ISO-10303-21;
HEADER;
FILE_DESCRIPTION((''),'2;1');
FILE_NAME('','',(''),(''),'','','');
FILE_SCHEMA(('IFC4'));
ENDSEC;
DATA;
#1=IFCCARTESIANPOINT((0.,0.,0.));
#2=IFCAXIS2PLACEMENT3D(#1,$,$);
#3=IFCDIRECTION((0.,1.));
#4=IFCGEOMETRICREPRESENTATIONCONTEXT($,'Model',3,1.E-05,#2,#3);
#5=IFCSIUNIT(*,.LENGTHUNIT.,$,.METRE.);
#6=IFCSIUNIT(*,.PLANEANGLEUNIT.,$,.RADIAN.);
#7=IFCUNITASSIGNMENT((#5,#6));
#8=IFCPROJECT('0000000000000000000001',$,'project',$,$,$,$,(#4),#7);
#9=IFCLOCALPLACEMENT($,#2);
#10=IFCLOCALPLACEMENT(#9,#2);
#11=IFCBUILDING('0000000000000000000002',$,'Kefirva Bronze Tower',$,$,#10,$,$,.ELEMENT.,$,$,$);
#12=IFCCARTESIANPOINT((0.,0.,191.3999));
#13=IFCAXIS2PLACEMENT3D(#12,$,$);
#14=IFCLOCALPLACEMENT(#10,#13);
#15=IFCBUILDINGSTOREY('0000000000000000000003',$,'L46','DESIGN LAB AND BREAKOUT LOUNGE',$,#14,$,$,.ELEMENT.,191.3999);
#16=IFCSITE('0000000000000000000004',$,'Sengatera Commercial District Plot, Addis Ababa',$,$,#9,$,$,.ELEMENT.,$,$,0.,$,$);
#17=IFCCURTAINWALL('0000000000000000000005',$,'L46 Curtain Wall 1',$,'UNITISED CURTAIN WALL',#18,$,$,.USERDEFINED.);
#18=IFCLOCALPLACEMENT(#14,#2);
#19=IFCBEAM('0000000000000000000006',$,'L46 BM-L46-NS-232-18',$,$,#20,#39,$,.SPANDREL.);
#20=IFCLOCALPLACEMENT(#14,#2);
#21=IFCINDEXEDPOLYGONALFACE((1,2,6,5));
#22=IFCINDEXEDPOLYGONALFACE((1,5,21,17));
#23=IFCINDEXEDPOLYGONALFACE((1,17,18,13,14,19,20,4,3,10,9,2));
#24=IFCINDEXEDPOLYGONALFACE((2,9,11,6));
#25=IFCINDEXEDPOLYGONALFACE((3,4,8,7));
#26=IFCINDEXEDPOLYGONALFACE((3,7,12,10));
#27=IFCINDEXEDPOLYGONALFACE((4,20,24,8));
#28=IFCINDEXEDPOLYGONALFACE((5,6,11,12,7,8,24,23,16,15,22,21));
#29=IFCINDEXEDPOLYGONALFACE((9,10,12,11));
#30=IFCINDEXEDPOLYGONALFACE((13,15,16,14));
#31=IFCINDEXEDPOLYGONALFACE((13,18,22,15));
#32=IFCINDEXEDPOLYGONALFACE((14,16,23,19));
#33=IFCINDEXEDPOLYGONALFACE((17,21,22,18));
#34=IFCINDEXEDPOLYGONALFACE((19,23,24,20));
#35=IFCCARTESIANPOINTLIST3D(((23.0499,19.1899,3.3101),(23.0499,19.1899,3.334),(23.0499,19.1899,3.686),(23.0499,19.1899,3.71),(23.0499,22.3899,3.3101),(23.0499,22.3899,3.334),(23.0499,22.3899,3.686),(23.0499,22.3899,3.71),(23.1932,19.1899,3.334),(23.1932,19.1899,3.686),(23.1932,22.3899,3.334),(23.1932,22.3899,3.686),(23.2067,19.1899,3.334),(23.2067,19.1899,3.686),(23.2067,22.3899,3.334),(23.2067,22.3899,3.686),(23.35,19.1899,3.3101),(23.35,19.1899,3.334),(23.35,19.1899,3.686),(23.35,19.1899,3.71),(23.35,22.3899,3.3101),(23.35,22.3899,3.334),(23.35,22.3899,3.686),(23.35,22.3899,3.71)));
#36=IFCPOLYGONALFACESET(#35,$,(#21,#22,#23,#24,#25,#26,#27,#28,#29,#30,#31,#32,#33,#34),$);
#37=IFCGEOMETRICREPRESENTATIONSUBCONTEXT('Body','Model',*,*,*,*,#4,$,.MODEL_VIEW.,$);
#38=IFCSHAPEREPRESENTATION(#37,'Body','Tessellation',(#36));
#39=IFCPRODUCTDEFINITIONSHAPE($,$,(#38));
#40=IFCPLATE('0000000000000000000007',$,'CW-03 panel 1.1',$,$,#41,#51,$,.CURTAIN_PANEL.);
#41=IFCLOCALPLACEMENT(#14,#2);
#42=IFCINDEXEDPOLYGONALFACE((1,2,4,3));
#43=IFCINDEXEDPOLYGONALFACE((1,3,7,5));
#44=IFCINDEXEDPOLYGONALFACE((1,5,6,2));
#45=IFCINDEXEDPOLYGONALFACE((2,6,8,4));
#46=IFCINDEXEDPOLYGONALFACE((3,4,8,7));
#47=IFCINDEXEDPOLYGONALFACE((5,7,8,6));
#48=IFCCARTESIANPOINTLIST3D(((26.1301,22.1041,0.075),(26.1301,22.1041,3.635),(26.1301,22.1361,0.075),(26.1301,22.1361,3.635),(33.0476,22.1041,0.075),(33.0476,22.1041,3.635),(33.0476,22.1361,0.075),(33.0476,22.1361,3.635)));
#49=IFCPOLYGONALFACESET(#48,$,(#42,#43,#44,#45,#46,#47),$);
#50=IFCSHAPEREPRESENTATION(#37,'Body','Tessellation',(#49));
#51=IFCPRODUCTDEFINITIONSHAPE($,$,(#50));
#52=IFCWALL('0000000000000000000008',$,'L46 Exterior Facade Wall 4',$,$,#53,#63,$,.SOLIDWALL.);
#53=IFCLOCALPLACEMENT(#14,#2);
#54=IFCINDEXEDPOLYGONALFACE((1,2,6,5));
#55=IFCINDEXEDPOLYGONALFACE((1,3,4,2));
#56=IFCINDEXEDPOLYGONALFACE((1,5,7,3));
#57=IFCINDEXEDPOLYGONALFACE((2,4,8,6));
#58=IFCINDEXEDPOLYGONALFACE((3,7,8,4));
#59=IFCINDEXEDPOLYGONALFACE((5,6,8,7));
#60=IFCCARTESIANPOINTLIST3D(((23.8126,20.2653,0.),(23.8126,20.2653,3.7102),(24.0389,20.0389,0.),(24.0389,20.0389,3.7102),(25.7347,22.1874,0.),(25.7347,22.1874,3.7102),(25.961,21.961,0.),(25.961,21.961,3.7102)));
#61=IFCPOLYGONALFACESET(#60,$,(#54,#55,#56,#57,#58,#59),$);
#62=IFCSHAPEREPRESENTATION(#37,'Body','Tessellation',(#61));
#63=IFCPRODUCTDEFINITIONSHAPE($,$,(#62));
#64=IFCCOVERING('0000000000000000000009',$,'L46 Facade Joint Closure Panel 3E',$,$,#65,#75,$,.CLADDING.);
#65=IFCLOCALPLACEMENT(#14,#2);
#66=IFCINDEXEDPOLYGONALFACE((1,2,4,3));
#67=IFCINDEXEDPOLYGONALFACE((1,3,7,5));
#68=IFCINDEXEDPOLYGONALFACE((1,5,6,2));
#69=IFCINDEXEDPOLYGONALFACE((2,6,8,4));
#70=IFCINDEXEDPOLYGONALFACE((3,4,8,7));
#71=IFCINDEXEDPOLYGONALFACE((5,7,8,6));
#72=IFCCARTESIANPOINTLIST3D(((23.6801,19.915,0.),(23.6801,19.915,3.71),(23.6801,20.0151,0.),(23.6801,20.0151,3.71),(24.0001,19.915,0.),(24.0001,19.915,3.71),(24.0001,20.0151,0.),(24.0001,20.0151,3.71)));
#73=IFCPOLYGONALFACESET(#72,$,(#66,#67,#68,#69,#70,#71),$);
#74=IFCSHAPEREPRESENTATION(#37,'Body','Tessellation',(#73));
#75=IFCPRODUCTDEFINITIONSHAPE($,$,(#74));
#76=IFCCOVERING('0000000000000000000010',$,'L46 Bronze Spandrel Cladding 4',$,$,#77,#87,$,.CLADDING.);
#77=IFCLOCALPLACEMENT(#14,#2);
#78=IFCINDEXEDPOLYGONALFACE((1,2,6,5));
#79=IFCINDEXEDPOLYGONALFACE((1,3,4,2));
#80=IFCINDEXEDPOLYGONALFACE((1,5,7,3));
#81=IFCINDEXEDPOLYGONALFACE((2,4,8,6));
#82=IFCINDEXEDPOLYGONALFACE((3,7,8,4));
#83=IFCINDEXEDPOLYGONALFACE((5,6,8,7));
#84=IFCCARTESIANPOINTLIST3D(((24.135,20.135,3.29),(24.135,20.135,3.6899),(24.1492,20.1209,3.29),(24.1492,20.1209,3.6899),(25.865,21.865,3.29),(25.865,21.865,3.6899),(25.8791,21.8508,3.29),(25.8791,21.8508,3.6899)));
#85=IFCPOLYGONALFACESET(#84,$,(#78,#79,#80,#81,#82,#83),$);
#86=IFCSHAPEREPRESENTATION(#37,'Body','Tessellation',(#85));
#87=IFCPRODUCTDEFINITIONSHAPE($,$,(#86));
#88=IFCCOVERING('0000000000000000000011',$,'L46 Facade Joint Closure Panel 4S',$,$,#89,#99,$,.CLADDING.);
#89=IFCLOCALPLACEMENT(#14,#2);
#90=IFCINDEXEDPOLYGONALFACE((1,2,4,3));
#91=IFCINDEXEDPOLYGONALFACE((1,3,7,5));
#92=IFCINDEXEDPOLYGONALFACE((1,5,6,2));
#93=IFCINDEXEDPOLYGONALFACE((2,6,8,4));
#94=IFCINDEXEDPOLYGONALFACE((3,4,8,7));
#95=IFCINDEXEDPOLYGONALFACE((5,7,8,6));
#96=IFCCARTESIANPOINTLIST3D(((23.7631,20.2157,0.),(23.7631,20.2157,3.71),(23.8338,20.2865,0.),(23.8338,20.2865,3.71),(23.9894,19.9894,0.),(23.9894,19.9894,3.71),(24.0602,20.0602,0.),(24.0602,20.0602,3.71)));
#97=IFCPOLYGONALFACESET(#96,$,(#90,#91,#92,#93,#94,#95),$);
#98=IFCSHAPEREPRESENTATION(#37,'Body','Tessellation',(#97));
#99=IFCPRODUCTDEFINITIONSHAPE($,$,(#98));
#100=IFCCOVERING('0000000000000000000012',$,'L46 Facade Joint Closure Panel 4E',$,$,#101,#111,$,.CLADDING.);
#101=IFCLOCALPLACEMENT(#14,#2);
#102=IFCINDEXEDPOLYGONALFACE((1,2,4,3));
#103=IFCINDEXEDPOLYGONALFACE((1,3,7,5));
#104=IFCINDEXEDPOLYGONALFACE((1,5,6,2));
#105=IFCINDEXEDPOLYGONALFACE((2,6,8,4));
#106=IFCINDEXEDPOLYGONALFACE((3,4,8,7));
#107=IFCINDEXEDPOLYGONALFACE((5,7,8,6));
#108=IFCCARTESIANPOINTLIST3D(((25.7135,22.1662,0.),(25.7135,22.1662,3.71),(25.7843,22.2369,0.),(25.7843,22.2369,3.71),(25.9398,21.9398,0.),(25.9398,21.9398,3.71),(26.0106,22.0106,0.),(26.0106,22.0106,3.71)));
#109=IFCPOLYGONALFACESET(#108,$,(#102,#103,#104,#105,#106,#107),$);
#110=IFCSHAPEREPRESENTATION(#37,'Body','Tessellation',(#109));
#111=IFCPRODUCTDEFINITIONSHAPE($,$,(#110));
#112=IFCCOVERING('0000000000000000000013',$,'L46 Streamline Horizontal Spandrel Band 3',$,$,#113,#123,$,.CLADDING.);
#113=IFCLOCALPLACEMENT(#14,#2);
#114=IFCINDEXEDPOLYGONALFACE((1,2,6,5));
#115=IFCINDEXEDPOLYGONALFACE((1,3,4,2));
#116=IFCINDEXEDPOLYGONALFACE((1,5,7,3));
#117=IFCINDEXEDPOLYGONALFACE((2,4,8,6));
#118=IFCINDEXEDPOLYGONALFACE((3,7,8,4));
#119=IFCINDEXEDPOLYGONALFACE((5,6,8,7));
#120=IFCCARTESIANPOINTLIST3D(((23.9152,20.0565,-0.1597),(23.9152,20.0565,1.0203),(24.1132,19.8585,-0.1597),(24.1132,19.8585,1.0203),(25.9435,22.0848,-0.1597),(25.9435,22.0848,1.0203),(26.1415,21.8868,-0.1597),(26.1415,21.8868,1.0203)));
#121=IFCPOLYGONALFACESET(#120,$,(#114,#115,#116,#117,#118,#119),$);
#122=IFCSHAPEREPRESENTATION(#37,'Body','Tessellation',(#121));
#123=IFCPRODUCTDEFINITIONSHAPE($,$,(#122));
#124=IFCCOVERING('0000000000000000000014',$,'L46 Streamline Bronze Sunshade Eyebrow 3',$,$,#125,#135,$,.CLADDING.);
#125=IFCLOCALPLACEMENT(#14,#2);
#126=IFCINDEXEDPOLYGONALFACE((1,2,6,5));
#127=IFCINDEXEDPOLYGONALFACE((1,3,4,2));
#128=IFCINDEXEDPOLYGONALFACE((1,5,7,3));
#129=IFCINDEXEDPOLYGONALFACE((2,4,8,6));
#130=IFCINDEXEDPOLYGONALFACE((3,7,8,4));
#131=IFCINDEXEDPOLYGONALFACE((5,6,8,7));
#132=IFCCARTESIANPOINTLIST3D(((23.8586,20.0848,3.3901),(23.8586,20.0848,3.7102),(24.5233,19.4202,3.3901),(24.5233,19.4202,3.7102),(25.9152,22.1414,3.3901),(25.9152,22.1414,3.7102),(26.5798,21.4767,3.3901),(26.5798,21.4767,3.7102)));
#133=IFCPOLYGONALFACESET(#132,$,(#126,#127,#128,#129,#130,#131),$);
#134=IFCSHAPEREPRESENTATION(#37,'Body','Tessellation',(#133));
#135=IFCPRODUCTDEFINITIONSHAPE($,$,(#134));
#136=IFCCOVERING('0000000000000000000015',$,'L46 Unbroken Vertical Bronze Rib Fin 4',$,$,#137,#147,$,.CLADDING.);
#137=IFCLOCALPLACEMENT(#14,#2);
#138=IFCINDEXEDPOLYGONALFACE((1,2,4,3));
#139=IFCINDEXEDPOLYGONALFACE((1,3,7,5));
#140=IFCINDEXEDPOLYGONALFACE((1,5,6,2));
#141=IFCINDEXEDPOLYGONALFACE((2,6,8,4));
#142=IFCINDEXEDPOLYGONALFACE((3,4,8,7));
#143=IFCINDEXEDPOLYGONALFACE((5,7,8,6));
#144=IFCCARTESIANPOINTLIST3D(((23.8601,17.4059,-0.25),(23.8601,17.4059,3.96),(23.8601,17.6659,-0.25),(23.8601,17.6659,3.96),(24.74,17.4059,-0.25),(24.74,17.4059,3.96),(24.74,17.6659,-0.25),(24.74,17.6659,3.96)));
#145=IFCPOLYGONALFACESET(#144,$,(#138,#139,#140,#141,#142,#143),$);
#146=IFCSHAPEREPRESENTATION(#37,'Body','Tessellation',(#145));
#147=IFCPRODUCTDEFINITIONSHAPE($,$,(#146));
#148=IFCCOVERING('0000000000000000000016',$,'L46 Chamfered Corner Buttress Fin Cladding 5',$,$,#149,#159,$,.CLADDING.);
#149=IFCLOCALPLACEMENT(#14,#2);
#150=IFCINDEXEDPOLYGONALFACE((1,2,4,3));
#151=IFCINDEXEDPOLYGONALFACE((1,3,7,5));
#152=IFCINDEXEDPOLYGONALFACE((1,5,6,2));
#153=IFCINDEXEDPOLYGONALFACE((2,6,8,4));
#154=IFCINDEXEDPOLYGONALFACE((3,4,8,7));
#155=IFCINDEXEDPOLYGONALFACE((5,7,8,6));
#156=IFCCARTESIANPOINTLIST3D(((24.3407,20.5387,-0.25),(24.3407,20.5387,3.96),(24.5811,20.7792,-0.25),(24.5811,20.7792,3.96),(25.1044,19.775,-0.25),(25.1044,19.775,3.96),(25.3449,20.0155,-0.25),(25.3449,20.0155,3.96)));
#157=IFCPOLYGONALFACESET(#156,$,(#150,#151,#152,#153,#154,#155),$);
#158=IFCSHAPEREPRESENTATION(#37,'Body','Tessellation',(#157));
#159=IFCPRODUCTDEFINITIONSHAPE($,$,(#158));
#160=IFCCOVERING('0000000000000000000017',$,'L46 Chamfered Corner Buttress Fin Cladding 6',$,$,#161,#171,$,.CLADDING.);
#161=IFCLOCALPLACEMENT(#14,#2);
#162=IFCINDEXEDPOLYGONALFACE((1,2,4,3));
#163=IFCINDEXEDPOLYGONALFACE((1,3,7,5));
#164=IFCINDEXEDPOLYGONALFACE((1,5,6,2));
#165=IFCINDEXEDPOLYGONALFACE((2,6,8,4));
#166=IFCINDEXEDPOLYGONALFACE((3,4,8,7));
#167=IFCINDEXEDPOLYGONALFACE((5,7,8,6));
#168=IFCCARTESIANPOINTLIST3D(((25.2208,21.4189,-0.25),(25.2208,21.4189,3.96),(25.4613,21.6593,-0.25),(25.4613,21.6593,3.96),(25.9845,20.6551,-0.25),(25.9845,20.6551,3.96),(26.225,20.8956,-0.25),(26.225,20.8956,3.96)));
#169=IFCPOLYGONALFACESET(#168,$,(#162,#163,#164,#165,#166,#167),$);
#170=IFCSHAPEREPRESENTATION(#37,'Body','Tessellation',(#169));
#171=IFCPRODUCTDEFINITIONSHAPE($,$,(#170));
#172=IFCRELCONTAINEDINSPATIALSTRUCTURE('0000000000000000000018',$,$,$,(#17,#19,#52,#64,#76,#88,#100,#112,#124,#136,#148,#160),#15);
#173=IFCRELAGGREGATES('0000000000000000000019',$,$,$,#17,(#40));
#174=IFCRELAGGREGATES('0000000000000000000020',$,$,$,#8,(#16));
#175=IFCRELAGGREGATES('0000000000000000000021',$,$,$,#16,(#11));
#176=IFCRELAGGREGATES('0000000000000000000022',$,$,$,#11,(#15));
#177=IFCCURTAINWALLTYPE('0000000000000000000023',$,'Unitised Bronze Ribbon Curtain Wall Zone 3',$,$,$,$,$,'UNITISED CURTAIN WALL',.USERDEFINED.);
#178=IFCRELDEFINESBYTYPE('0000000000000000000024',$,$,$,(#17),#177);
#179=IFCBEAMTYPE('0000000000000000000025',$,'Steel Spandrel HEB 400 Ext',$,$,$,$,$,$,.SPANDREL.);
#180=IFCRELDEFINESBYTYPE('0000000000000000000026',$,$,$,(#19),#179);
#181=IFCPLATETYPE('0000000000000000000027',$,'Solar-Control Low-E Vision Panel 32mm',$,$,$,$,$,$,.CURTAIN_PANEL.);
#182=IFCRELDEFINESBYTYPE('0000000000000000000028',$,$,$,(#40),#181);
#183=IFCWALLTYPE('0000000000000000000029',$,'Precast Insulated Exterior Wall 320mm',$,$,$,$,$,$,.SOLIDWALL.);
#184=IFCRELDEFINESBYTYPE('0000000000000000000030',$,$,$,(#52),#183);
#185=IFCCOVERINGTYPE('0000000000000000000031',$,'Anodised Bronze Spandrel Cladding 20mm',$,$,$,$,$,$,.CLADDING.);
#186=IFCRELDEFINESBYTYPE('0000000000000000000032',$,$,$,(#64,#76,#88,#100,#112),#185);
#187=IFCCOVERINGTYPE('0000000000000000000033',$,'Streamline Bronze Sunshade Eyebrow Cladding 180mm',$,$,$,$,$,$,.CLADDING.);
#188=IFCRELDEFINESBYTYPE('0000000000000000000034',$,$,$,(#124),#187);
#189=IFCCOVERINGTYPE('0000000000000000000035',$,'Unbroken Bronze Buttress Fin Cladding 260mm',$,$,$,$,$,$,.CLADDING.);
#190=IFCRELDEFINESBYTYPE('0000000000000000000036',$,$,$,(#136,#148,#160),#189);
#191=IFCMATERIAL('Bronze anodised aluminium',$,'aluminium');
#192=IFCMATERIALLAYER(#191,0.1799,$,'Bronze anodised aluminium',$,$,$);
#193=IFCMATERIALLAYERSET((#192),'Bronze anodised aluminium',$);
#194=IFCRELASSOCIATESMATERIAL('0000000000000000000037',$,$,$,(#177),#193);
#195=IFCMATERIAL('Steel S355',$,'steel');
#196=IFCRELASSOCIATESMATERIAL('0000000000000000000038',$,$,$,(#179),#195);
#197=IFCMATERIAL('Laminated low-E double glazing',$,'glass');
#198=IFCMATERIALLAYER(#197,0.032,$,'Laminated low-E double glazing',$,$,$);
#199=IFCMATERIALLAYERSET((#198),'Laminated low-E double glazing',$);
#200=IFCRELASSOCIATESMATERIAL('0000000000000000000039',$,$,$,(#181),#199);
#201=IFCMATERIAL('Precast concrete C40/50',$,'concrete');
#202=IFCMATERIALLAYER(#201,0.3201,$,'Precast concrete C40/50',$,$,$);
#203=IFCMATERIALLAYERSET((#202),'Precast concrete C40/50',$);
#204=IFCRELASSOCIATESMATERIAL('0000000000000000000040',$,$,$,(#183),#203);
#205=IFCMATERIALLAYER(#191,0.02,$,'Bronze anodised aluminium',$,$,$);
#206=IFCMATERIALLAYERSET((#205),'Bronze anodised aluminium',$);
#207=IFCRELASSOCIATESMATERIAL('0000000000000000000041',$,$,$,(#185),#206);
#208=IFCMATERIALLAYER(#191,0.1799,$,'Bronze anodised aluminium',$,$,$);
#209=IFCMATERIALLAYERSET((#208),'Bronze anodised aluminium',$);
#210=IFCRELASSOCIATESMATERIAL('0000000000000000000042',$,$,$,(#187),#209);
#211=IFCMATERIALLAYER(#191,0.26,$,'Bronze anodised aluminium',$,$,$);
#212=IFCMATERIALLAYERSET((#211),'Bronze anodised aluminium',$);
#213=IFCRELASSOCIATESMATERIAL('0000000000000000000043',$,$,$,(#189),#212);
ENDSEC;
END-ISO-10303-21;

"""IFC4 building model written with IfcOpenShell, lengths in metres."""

from ifc_helpers import new_model, si_unit, direction, frame, frame_2d, origin, origin_2d, place, context, subcontext, project, spatial, rectangle, i_section, extrude, material, layer, layer_set, material_profile, profile_set, type_object, element, aggregate, save


model = new_model("IFC4")

# Units and contexts
model_context = context("Model", 3, precision=1e-05, world=origin(), true_north=direction((0.0, 1.0)))
body_context = subcontext(model_context, "Body", "Model", "MODEL_VIEW")
ifc_project = project(units=[si_unit("LENGTHUNIT", "METRE"), si_unit("PLANEANGLEUNIT", "RADIAN")], contexts=[model_context])

# Site, building, storey
site_placement = place(None, origin())
site = spatial("IfcSite", under=ifc_project, at=site_placement, Name="Sengatera Commercial District Plot, Addis Ababa", CompositionType="ELEMENT", RefElevation=0.0)
building_placement = place(site_placement, origin())
building = spatial("IfcBuilding", under=site, at=building_placement, Name="Kefirva Bronze Tower", CompositionType="ELEMENT")
storey_placement = place(building_placement, frame((0.0, 0.0, 191.3999)))
storey = spatial("IfcBuildingStorey", under=building, at=storey_placement, Name="L46", Description="DESIGN LAB AND BREAKOUT LOUNGE", CompositionType="ELEMENT", Elevation=191.3999)

# Curtain wall
ifc_material_1 = material(Name="Bronze anodised aluminium", Category="aluminium")
ifc_layer_1 = layer(ifc_material_1, 0.1799, Name="Bronze anodised aluminium")
ifc_layer_set_1 = layer_set([ifc_layer_1], Name="Bronze anodised aluminium")
curtain_wall_type = type_object("IfcCurtainWallType", Name="Unitised Bronze Ribbon Curtain Wall Zone 3", ElementType="UNITISED CURTAIN WALL", PredefinedType="USERDEFINED", material=ifc_layer_set_1)
curtain_wall_placement = place(storey_placement, origin())
curtain_wall = element("IfcCurtainWall", 1, at=curtain_wall_placement, inside=storey, type_object=curtain_wall_type, Name="L46 Curtain Wall 1", ObjectType="UNITISED CURTAIN WALL", PredefinedType="USERDEFINED")

# Beam
ifc_material_2 = material(Name="Steel S355", Category="steel")
ifc_material_profile_1 = material_profile(ifc_material_2, i_section(OverallWidth=0.3, OverallDepth=0.3999, WebThickness=0.0134, FlangeThickness=0.0239, at=origin_2d()), Name="HEB 400")
ifc_profile_set_1 = profile_set([ifc_material_profile_1], Name="Steel S355")
beam_type_1 = type_object("IfcBeamType", Name="Steel Spandrel HEB 400 Ext", PredefinedType="SPANDREL", material=ifc_profile_set_1)
beam_1_placement = place(storey_placement, frame((23.2, 19.1899, 3.51), z_axis=(0.0, 1.0, 0.0), x_axis=(-1.0, 0.0, 0.0)))
element("IfcBeam", 2, at=beam_1_placement, inside=storey, type_object=beam_type_1, Name="L46 BM-L46-NS-232-18", PredefinedType="SPANDREL", context=body_context, shape_type="SweptSolid", body=[
    extrude(i_section(OverallWidth=0.3, OverallDepth=0.3999, WebThickness=0.0134, FlangeThickness=0.0239, at=origin_2d()), origin(), (0.0, 0.0, 1.0), 3.2),
])

# Plate
ifc_material_3 = material(Name="Laminated low-E double glazing", Category="glass")
ifc_layer_2 = layer(ifc_material_3, 0.032, Name="Laminated low-E double glazing")
ifc_layer_set_2 = layer_set([ifc_layer_2], Name="Laminated low-E double glazing")
plate_type = type_object("IfcPlateType", Name="Solar-Control Low-E Vision Panel 32mm", PredefinedType="CURTAIN_PANEL", material=ifc_layer_set_2)
plate_placement = place(storey_placement, frame((29.5889, 22.1201, 0.075), z_axis=(0.0, 0.0, 1.0), x_axis=(1.0, 0.0, 0.0)))
plate = element("IfcPlate", 3, at=plate_placement, type_object=plate_type, Name="CW-03 panel 1.1", PredefinedType="CURTAIN_PANEL", context=body_context, shape_type="SweptSolid", body=[
    extrude(rectangle(XDim=6.9175, YDim=0.032, at=origin_2d()), origin(), (0.0, 0.0, 1.0), 3.5601),
])
aggregate(curtain_wall, [plate])

# Wall
ifc_material_4 = material(Name="Precast concrete C40/50", Category="concrete")
ifc_layer_3 = layer(ifc_material_4, 0.3201, Name="Precast concrete C40/50")
ifc_layer_set_3 = layer_set([ifc_layer_3], Name="Precast concrete C40/50")
wall_type = type_object("IfcWallType", Name="Precast Insulated Exterior Wall 320mm", PredefinedType="SOLIDWALL", material=ifc_layer_set_3)
wall_placement = place(storey_placement, frame((23.9258, 20.1521, 0.0), z_axis=(0.0, 0.0, 1.0), x_axis=(0.707107, 0.707107, 0.0)))
element("IfcWall", 4, at=wall_placement, inside=storey, type_object=wall_type, Name="L46 Exterior Facade Wall 4", PredefinedType="SOLIDWALL", context=body_context, shape_type="SweptSolid", body=[
    extrude(rectangle(XDim=2.7183, YDim=0.3201, at=frame_2d((1.3591, 0.0))), origin(), (0.0, 0.0, 1.0), 3.7102),
])

# Coverings
ifc_layer_4 = layer(ifc_material_1, 0.02, Name="Bronze anodised aluminium")
ifc_layer_set_4 = layer_set([ifc_layer_4], Name="Bronze anodised aluminium")
covering_type_1 = type_object("IfcCoveringType", Name="Anodised Bronze Spandrel Cladding 20mm", PredefinedType="CLADDING", material=ifc_layer_set_4)
covering_1_placement = place(storey_placement, frame((23.8401, 19.9651, 0.0), z_axis=(0.0, 0.0, 1.0), x_axis=(0.0, 1.0, 0.0)))
element("IfcCovering", 5, at=covering_1_placement, inside=storey, type_object=covering_type_1, Name="L46 Facade Joint Closure Panel 3E", PredefinedType="CLADDING", context=body_context, shape_type="SweptSolid", body=[
    extrude(rectangle(XDim=0.1001, YDim=0.3201, at=origin_2d()), origin(), (0.0, 0.0, 1.0), 3.71),
])
covering_2_placement = place(storey_placement, frame((25.0071, 20.9929, 3.29), z_axis=(0.0, 0.0, 1.0), x_axis=(0.707107, 0.707107, 0.0)))
element("IfcCovering", 6, at=covering_2_placement, inside=storey, type_object=covering_type_1, Name="L46 Bronze Spandrel Cladding 4", PredefinedType="CLADDING", context=body_context, shape_type="SweptSolid", body=[
    extrude(rectangle(XDim=2.4465, YDim=0.02, at=origin_2d()), origin(), (0.0, 0.0, 1.0), 0.3999),
])
for number, where, z_axis, x_axis, name in (
    (7, (23.9116, 20.1379, 0.0), (0.0, 0.0, 1.0), (0.707107, 0.707107, 0.0), "L46 Facade Joint Closure Panel 4S"),
    (8, (25.8621, 22.0884, 0.0), (0.0, 0.0, 1.0), (0.707107, 0.707107, 0.0), "L46 Facade Joint Closure Panel 4E"),
):
    element("IfcCovering", number, at=place(storey_placement, frame(where, z_axis=z_axis, x_axis=x_axis)), inside=storey, type_object=covering_type_1, Name=name, PredefinedType="CLADDING", context=body_context, shape_type="SweptSolid", body=[
        extrude(rectangle(XDim=0.1001, YDim=0.3201, at=origin_2d()), origin(), (0.0, 0.0, 1.0), 3.71),
    ])
covering_3_placement = place(storey_placement, frame((25.0283, 20.9717, -0.1597), z_axis=(0.0, 0.0, 1.0), x_axis=(0.707107, 0.707107, 0.0)))
element("IfcCovering", 9, at=covering_3_placement, inside=storey, type_object=covering_type_1, Name="L46 Streamline Horizontal Spandrel Band 3", PredefinedType="CLADDING", context=body_context, shape_type="SweptSolid", body=[
    extrude(rectangle(XDim=2.8684, YDim=0.28, at=origin_2d()), origin(), (0.0, 0.0, 1.0), 1.1799),
])
ifc_layer_5 = layer(ifc_material_1, 0.1799, Name="Bronze anodised aluminium")
ifc_layer_set_5 = layer_set([ifc_layer_5], Name="Bronze anodised aluminium")
covering_type_2 = type_object("IfcCoveringType", Name="Streamline Bronze Sunshade Eyebrow Cladding 180mm", PredefinedType="CLADDING", material=ifc_layer_set_5)
covering_4_placement = place(storey_placement, frame((25.2192, 20.7808, 3.3901), z_axis=(0.0, 0.0, 1.0), x_axis=(0.707107, 0.707107, 0.0)))
element("IfcCovering", 10, at=covering_4_placement, inside=storey, type_object=covering_type_2, Name="L46 Streamline Bronze Sunshade Eyebrow 3", PredefinedType="CLADDING", context=body_context, shape_type="SweptSolid", body=[
    extrude(rectangle(XDim=2.9084, YDim=0.9399, at=origin_2d()), origin(), (0.0, 0.0, 1.0), 0.3201),
])
ifc_layer_6 = layer(ifc_material_1, 0.26, Name="Bronze anodised aluminium")
ifc_layer_set_6 = layer_set([ifc_layer_6], Name="Bronze anodised aluminium")
covering_type_3 = type_object("IfcCoveringType", Name="Unbroken Bronze Buttress Fin Cladding 260mm", PredefinedType="CLADDING", material=ifc_layer_set_6)
covering_5_placement = place(storey_placement, frame((24.3, 17.5359, -0.25), z_axis=(0.0, 0.0, 1.0), x_axis=(0.0, 1.0, 0.0)))
element("IfcCovering", 11, at=covering_5_placement, inside=storey, type_object=covering_type_3, Name="L46 Unbroken Vertical Bronze Rib Fin 4", PredefinedType="CLADDING", context=body_context, shape_type="SweptSolid", body=[
    extrude(rectangle(XDim=0.26, YDim=0.8799, at=origin_2d()), origin(), (0.0, 0.0, 1.0), 4.21),
])
for number, where, z_axis, x_axis, name in (
    (12, (24.8428, 20.2771, -0.25), (0.0, 0.0, 1.0), (0.707107, 0.707107, 0.0), "L46 Chamfered Corner Buttress Fin Cladding 5"),
    (13, (25.7229, 21.1572, -0.25), (0.0, 0.0, 1.0), (0.707107, 0.707107, 0.0), "L46 Chamfered Corner Buttress Fin Cladding 6"),
):
    element("IfcCovering", number, at=place(storey_placement, frame(where, z_axis=z_axis, x_axis=x_axis)), inside=storey, type_object=covering_type_3, Name=name, PredefinedType="CLADDING", context=body_context, shape_type="SweptSolid", body=[
        extrude(rectangle(XDim=0.3401, YDim=1.0801, at=origin_2d()), origin(), (0.0, 0.0, 1.0), 4.21),
    ])

save(model, "model.ifc")
